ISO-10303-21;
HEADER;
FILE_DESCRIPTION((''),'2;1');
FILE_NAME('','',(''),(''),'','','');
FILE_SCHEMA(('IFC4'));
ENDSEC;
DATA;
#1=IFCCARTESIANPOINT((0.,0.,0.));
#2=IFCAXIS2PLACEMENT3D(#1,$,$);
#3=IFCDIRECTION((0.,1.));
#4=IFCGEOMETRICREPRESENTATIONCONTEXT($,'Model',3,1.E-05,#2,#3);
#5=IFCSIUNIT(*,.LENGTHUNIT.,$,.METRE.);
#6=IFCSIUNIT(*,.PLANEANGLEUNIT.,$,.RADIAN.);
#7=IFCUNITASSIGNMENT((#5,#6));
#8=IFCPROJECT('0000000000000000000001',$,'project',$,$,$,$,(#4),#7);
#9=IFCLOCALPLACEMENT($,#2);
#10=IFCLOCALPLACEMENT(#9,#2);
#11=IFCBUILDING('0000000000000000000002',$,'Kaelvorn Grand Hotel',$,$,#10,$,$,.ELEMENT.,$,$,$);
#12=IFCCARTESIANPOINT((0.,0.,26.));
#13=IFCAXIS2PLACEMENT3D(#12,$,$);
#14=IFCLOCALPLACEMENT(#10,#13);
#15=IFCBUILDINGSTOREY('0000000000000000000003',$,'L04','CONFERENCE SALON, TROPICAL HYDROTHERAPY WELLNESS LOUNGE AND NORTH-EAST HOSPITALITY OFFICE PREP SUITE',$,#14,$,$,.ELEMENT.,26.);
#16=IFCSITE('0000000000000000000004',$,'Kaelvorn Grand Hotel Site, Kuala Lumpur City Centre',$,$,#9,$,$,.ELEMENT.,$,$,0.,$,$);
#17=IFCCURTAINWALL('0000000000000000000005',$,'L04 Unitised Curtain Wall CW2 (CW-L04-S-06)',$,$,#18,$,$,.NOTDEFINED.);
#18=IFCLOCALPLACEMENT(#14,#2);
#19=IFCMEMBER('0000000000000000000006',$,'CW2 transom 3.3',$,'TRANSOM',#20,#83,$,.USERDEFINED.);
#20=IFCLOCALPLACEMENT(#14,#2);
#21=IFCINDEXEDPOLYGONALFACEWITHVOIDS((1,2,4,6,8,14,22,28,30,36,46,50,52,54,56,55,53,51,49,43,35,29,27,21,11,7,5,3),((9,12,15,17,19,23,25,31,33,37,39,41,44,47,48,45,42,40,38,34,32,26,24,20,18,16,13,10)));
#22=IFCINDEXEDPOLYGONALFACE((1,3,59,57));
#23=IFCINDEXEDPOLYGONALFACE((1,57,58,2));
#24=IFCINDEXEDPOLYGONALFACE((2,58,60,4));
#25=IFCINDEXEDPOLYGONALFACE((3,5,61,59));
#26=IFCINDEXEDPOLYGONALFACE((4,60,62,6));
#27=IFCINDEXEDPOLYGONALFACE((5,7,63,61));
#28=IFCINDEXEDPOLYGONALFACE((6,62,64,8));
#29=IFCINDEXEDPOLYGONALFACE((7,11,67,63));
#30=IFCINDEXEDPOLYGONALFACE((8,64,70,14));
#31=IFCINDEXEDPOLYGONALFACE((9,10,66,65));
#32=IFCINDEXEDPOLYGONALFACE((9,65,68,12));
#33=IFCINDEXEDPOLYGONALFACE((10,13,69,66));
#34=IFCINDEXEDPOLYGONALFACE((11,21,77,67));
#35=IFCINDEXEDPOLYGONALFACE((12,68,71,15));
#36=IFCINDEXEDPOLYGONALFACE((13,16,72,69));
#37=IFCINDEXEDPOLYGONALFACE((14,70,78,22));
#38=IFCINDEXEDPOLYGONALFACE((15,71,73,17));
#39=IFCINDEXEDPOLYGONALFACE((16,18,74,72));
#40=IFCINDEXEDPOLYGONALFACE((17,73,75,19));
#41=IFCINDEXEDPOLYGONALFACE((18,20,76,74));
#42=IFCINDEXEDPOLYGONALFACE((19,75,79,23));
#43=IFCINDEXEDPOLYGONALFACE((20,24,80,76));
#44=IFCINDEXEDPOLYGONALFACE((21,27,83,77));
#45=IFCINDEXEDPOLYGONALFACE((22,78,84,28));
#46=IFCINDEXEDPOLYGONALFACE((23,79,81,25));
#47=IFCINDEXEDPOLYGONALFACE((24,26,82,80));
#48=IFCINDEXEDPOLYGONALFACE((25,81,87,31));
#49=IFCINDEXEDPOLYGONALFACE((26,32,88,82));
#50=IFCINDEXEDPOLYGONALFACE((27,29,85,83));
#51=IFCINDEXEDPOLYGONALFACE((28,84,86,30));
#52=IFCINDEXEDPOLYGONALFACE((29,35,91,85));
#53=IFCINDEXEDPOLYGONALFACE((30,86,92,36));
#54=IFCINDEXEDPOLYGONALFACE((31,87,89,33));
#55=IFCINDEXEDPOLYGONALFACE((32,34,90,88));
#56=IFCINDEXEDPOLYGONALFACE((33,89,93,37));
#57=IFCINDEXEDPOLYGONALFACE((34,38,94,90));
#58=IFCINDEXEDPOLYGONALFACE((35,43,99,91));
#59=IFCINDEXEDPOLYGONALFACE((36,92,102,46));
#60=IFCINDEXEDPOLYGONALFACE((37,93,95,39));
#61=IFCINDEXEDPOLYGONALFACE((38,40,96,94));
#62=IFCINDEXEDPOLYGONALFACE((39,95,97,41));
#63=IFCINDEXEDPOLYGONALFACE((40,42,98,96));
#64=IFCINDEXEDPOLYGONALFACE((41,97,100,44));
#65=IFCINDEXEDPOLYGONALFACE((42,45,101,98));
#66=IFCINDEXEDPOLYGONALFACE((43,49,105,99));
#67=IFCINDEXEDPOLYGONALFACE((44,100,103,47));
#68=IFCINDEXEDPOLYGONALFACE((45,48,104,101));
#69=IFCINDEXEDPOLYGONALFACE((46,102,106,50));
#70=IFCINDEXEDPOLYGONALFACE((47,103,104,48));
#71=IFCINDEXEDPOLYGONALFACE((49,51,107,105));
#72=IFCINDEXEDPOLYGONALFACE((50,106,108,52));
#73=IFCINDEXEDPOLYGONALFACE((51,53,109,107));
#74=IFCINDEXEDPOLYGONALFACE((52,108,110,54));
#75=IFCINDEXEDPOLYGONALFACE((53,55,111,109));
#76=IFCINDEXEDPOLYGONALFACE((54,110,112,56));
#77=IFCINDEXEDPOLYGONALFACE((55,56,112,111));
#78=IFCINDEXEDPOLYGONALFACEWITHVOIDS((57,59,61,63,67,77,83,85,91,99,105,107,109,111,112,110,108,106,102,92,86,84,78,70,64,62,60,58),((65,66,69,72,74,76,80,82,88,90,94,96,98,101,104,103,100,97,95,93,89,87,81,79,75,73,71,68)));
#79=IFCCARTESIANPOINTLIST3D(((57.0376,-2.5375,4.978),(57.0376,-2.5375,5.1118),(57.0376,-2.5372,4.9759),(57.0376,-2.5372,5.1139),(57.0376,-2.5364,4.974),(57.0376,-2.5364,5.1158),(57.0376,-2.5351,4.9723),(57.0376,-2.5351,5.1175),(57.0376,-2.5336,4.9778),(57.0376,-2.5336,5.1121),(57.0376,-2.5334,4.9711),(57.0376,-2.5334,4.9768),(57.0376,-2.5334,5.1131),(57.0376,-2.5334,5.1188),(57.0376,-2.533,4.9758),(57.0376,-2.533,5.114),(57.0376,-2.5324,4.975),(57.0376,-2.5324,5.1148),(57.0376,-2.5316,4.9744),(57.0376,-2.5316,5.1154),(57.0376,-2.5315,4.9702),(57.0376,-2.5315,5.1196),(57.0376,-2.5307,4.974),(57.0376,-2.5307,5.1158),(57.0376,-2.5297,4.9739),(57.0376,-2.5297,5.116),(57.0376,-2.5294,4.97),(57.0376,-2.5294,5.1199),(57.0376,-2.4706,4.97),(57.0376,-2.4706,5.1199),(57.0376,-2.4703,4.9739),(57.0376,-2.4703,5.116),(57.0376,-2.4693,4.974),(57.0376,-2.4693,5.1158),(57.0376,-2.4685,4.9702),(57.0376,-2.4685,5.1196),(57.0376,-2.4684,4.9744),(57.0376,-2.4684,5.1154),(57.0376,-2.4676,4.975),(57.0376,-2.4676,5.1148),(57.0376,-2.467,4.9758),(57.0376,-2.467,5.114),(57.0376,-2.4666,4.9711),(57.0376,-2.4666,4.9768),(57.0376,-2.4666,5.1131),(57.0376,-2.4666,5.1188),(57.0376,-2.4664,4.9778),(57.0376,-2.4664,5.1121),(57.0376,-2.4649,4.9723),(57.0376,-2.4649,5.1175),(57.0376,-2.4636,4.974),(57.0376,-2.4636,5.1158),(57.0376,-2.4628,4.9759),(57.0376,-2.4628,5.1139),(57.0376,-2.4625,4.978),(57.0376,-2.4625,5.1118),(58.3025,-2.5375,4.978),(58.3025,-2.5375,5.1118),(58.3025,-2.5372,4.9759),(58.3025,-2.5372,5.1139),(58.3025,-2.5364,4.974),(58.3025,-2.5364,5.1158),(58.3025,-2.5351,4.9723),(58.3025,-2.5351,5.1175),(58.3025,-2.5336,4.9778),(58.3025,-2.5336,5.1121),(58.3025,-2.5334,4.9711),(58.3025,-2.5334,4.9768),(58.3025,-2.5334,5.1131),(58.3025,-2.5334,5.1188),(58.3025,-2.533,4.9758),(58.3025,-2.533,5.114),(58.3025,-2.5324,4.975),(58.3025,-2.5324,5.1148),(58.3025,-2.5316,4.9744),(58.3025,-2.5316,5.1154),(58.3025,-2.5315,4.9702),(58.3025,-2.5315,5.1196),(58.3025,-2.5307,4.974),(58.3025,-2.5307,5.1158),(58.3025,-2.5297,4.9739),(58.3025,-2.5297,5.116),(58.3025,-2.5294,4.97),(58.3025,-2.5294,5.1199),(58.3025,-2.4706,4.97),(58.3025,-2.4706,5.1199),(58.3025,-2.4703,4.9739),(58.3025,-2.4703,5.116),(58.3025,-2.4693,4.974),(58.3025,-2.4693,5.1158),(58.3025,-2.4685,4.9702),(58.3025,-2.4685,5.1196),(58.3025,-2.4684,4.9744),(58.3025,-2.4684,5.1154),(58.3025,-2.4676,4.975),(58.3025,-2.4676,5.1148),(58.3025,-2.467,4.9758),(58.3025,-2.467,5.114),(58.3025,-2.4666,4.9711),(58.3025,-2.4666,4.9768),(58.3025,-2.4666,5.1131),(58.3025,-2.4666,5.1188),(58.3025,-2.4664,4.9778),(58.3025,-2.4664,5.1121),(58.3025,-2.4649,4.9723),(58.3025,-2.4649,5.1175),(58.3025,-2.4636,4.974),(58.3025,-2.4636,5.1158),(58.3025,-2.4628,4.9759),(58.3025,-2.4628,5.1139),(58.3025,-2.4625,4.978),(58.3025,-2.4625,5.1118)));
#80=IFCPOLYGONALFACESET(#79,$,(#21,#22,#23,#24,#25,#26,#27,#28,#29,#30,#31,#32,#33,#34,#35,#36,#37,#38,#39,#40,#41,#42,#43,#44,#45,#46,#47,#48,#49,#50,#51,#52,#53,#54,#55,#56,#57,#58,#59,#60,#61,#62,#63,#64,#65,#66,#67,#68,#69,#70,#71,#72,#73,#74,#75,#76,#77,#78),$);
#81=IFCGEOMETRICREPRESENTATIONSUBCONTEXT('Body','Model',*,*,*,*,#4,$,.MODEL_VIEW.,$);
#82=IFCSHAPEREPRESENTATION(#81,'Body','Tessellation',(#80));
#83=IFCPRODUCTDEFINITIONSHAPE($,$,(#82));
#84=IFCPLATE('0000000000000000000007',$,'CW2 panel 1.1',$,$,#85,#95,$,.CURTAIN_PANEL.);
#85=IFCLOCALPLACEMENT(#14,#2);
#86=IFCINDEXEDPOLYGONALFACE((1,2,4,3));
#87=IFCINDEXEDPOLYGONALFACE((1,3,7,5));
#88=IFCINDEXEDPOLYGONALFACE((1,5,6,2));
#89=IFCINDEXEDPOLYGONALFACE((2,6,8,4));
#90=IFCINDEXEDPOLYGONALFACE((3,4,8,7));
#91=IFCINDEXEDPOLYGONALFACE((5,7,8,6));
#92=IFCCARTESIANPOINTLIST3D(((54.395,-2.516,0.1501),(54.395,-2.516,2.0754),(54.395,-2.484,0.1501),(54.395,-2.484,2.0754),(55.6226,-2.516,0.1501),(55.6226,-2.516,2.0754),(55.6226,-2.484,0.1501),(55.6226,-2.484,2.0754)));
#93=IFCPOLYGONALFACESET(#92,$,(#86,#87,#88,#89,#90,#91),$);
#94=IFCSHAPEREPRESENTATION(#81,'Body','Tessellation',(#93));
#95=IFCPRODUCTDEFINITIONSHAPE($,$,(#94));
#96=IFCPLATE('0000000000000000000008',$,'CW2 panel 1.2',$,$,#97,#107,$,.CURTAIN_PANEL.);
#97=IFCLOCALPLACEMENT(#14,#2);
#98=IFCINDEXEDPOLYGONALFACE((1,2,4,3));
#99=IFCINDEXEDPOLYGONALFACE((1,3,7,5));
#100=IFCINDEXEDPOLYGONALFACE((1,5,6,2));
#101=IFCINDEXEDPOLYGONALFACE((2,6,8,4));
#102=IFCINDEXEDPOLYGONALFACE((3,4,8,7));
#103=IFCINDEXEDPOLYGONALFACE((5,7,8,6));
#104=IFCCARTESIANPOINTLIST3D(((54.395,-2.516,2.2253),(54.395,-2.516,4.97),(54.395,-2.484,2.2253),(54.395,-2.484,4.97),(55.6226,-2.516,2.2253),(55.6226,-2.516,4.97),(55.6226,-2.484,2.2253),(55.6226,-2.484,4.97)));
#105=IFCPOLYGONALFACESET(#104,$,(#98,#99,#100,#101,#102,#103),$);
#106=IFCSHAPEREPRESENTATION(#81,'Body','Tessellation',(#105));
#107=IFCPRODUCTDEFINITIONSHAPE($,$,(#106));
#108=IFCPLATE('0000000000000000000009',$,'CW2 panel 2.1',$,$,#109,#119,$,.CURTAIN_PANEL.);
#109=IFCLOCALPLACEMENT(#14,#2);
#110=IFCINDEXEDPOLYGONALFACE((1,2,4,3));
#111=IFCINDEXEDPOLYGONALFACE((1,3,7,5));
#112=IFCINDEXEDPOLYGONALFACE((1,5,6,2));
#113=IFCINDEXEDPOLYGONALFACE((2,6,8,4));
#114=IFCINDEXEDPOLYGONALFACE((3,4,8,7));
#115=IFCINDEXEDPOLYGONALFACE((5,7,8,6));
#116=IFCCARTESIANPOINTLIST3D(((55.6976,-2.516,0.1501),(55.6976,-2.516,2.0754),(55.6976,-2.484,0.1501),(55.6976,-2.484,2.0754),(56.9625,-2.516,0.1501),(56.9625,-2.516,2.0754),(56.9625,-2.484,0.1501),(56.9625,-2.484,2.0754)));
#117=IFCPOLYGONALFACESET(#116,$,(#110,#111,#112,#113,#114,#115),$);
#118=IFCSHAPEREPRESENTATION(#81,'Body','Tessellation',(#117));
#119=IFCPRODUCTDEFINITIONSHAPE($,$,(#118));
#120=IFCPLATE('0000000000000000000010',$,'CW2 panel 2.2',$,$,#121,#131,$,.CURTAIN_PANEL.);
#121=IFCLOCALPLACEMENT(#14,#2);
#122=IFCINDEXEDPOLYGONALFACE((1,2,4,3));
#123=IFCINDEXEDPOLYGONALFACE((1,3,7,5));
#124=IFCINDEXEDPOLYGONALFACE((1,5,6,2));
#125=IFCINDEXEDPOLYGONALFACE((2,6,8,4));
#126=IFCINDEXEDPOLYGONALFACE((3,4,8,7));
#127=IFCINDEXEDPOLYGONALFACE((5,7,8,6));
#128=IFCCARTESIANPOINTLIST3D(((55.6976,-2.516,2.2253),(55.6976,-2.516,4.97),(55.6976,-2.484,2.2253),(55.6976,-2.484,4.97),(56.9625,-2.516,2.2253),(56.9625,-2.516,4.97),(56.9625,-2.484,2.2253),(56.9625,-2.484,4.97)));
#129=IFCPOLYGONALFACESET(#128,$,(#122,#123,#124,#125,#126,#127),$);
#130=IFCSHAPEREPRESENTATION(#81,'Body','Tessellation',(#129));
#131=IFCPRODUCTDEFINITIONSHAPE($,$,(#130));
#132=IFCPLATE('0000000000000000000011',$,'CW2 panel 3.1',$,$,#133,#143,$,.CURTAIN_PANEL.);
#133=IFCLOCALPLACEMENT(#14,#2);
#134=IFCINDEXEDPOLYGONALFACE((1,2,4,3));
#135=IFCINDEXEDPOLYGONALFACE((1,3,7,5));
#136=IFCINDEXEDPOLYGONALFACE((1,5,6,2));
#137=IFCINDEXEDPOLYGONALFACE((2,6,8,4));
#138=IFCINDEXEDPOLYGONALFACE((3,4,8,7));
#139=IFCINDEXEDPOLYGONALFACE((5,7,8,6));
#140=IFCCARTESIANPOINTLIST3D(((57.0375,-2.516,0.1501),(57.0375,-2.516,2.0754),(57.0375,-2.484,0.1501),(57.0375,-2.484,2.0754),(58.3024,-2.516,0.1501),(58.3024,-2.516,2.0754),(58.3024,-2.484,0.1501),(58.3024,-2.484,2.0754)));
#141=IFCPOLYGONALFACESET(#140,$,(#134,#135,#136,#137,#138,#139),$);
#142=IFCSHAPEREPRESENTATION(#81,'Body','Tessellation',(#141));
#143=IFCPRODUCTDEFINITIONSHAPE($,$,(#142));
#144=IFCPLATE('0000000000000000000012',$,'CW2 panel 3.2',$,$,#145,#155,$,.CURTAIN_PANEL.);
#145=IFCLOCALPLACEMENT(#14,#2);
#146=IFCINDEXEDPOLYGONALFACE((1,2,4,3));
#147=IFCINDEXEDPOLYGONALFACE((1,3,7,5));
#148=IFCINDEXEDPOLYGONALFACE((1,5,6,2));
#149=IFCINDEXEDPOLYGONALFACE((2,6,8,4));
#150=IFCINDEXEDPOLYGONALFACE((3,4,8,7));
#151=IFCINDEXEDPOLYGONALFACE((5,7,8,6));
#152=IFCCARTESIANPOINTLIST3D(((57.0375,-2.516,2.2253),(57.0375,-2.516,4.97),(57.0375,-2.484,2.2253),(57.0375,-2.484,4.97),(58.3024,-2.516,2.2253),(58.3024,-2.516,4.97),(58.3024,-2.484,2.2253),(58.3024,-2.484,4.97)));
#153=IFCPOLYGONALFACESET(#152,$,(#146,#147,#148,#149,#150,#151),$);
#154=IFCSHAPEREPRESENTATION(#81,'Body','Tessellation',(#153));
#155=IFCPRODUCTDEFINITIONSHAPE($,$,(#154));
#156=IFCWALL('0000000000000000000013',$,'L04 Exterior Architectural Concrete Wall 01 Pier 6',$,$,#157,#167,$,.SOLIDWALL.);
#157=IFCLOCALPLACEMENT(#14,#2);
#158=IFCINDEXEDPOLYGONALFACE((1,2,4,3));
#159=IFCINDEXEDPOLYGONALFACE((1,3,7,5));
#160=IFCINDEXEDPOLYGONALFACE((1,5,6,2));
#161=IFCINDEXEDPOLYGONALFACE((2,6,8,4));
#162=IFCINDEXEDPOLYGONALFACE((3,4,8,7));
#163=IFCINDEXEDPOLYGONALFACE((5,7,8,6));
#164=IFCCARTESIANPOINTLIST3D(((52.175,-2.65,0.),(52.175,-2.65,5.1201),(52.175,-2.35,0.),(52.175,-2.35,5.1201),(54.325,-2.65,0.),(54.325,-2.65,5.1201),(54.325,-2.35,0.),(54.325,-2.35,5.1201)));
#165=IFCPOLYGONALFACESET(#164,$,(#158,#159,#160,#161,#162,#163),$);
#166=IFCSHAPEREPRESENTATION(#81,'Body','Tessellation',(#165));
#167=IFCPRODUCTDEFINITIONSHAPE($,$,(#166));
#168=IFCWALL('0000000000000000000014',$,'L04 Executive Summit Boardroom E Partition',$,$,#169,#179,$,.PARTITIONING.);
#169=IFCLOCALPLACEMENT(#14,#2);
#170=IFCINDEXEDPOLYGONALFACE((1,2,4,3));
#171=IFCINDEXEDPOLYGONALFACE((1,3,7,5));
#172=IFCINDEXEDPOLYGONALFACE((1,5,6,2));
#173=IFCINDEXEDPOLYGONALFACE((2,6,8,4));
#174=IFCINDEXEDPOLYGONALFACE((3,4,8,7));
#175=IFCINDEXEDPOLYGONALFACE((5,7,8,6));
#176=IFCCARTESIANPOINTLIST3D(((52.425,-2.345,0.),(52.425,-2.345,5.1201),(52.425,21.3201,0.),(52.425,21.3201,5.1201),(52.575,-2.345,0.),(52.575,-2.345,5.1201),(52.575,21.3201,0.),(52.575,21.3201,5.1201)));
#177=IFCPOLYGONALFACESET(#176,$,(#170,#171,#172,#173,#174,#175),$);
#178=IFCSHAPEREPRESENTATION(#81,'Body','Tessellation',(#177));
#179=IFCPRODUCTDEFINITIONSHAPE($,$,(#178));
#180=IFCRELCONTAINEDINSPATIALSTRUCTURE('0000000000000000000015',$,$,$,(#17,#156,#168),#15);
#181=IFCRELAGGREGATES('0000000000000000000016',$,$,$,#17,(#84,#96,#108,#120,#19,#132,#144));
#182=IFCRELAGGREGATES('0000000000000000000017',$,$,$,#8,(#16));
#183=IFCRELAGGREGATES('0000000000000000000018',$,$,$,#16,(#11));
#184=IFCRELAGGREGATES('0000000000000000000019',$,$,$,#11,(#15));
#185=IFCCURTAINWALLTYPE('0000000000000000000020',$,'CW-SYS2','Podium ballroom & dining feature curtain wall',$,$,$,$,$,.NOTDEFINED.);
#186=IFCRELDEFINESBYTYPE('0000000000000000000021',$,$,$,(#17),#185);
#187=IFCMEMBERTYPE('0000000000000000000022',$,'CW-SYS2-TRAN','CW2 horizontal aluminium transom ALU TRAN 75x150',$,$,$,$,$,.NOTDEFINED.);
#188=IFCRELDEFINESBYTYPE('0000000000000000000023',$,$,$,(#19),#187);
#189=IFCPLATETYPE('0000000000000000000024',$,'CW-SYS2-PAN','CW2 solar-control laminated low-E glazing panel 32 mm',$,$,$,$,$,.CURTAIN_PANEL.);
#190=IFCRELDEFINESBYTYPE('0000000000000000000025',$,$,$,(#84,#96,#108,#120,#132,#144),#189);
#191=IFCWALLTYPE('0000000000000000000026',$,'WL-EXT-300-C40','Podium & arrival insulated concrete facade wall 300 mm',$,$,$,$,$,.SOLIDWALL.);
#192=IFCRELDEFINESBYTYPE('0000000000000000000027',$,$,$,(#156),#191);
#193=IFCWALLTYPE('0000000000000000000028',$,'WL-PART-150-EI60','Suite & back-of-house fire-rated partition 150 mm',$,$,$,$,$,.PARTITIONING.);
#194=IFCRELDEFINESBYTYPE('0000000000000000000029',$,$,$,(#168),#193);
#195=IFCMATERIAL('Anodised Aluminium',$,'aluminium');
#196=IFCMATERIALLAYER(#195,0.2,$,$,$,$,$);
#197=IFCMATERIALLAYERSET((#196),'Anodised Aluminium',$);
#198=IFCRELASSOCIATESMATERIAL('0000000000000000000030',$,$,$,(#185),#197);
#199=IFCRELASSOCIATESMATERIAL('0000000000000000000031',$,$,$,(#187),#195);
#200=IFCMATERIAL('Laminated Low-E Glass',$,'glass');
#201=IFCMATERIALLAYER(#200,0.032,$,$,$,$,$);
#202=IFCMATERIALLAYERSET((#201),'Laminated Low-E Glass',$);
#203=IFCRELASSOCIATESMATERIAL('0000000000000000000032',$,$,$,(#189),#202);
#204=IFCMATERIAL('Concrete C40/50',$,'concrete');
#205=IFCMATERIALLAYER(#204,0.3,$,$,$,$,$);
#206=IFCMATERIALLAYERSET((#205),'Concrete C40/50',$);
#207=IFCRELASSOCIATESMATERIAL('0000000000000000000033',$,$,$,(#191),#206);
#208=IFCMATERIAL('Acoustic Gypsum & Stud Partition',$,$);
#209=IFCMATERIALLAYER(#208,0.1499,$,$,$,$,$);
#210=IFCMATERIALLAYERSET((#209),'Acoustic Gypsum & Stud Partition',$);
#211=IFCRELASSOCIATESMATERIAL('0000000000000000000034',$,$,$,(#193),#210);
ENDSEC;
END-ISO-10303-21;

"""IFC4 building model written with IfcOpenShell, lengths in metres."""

from ifc_helpers import new_model, si_unit, direction, frame, frame_2d, origin, origin_2d, place, context, subcontext, project, spatial, rectangle, hollow_rectangle, extrude, material, layer, layer_set, material_profile, profile_set, type_object, element, aggregate, save


model = new_model("IFC4")

# Units and contexts
model_context = context("Model", 3, precision=1e-05, world=origin(), true_north=direction((0.0, 1.0)))
body_context = subcontext(model_context, "Body", "Model", "MODEL_VIEW")
ifc_project = project(units=[si_unit("LENGTHUNIT", "METRE"), si_unit("PLANEANGLEUNIT", "RADIAN")], contexts=[model_context])

# Site, building, storey
site_placement = place(None, origin())
site = spatial("IfcSite", under=ifc_project, at=site_placement, Name="Kaelvorn Grand Hotel Site, Kuala Lumpur City Centre", CompositionType="ELEMENT", RefElevation=0.0)
building_placement = place(site_placement, origin())
building = spatial("IfcBuilding", under=site, at=building_placement, Name="Kaelvorn Grand Hotel", CompositionType="ELEMENT")
storey_placement = place(building_placement, frame((0.0, 0.0, 26.0)))
storey = spatial("IfcBuildingStorey", under=building, at=storey_placement, Name="L04", Description="CONFERENCE SALON, TROPICAL HYDROTHERAPY WELLNESS LOUNGE AND NORTH-EAST HOSPITALITY OFFICE PREP SUITE", CompositionType="ELEMENT", Elevation=26.0)

# Curtain wall, member, plates
ifc_material_1 = material(Name="Anodised Aluminium", Category="aluminium")
ifc_layer_1 = layer(ifc_material_1, 0.2)
ifc_layer_set_1 = layer_set([ifc_layer_1], Name="Anodised Aluminium")
curtain_wall_type = type_object("IfcCurtainWallType", Name="CW-SYS2", Description="Podium ballroom & dining feature curtain wall", PredefinedType="NOTDEFINED", material=ifc_layer_set_1)
curtain_wall_placement = place(storey_placement, origin())
curtain_wall = element("IfcCurtainWall", 1, at=curtain_wall_placement, inside=storey, type_object=curtain_wall_type, Name="L04 Unitised Curtain Wall CW2 (CW-L04-S-06)", PredefinedType="NOTDEFINED")
ifc_material_profile_1 = material_profile(ifc_material_1, hollow_rectangle(XDim=0.075, YDim=0.1499, WallThickness=0.0039, InnerFilletRadius=0.0039, OuterFilletRadius=0.0081, at=origin_2d()), Name="ALU TRAN 75x150")
ifc_profile_set_1 = profile_set([ifc_material_profile_1], Name="Anodised Aluminium")
member_type_1 = type_object("IfcMemberType", Name="CW-SYS2-TRAN", Description="CW2 horizontal aluminium transom ALU TRAN 75x150", PredefinedType="NOTDEFINED", material=ifc_profile_set_1)
member_1_placement = place(storey_placement, frame((57.0376, -2.5, 5.0449), z_axis=(1.0, 0.0, 0.0), x_axis=(0.0, 1.0, 0.0)))
member_1 = element("IfcMember", 2, at=member_1_placement, type_object=member_type_1, Name="CW2 transom 3.3", ObjectType="TRANSOM", PredefinedType="USERDEFINED", context=body_context, shape_type="SweptSolid", body=[
    extrude(hollow_rectangle(XDim=0.075, YDim=0.1499, WallThickness=0.0039, InnerFilletRadius=0.0039, OuterFilletRadius=0.0081, at=origin_2d()), origin(), (0.0, 0.0, 1.0), 1.2649),
])
ifc_material_2 = material(Name="Laminated Low-E Glass", Category="glass")
ifc_layer_2 = layer(ifc_material_2, 0.032)
ifc_layer_set_2 = layer_set([ifc_layer_2], Name="Laminated Low-E Glass")
plate_type = type_object("IfcPlateType", Name="CW-SYS2-PAN", Description="CW2 solar-control laminated low-E glazing panel 32 mm", PredefinedType="CURTAIN_PANEL", material=ifc_layer_set_2)
plate_1_placement = place(storey_placement, frame((55.0088, -2.5, 0.1501), z_axis=(0.0, 0.0, 1.0), x_axis=(1.0, 0.0, 0.0)))
plate_1 = element("IfcPlate", 3, at=plate_1_placement, type_object=plate_type, Name="CW2 panel 1.1", PredefinedType="CURTAIN_PANEL", context=body_context, shape_type="SweptSolid", body=[
    extrude(rectangle(XDim=1.2275, YDim=0.032, at=origin_2d()), origin(), (0.0, 0.0, 1.0), 1.9253),
])
plate_2_placement = place(storey_placement, frame((55.0088, -2.5, 2.2253), z_axis=(0.0, 0.0, 1.0), x_axis=(1.0, 0.0, 0.0)))
plate_2 = element("IfcPlate", 4, at=plate_2_placement, type_object=plate_type, Name="CW2 panel 1.2", PredefinedType="CURTAIN_PANEL", context=body_context, shape_type="SweptSolid", body=[
    extrude(rectangle(XDim=1.2275, YDim=0.032, at=origin_2d()), origin(), (0.0, 0.0, 1.0), 2.7446),
])
plate_3_placement = place(storey_placement, frame((56.3301, -2.5, 0.1501), z_axis=(0.0, 0.0, 1.0), x_axis=(1.0, 0.0, 0.0)))
plate_3 = element("IfcPlate", 5, at=plate_3_placement, type_object=plate_type, Name="CW2 panel 2.1", PredefinedType="CURTAIN_PANEL", context=body_context, shape_type="SweptSolid", body=[
    extrude(rectangle(XDim=1.2649, YDim=0.032, at=origin_2d()), origin(), (0.0, 0.0, 1.0), 1.9253),
])
plate_4_placement = place(storey_placement, frame((56.3301, -2.5, 2.2253), z_axis=(0.0, 0.0, 1.0), x_axis=(1.0, 0.0, 0.0)))
plate_4 = element("IfcPlate", 6, at=plate_4_placement, type_object=plate_type, Name="CW2 panel 2.2", PredefinedType="CURTAIN_PANEL", context=body_context, shape_type="SweptSolid", body=[
    extrude(rectangle(XDim=1.2649, YDim=0.032, at=origin_2d()), origin(), (0.0, 0.0, 1.0), 2.7446),
])
plate_5_placement = place(storey_placement, frame((57.6699, -2.5, 0.1501), z_axis=(0.0, 0.0, 1.0), x_axis=(1.0, 0.0, 0.0)))
plate_5 = element("IfcPlate", 7, at=plate_5_placement, type_object=plate_type, Name="CW2 panel 3.1", PredefinedType="CURTAIN_PANEL", context=body_context, shape_type="SweptSolid", body=[
    extrude(rectangle(XDim=1.2649, YDim=0.032, at=origin_2d()), origin(), (0.0, 0.0, 1.0), 1.9253),
])
plate_6_placement = place(storey_placement, frame((57.6699, -2.5, 2.2253), z_axis=(0.0, 0.0, 1.0), x_axis=(1.0, 0.0, 0.0)))
plate_6 = element("IfcPlate", 8, at=plate_6_placement, type_object=plate_type, Name="CW2 panel 3.2", PredefinedType="CURTAIN_PANEL", context=body_context, shape_type="SweptSolid", body=[
    extrude(rectangle(XDim=1.2649, YDim=0.032, at=origin_2d()), origin(), (0.0, 0.0, 1.0), 2.7446),
])
aggregate(curtain_wall, [plate_1, plate_2, plate_3, plate_4, member_1, plate_5, plate_6])

# Walls
ifc_material_3 = material(Name="Concrete C40/50", Category="concrete")
ifc_layer_3 = layer(ifc_material_3, 0.3)
ifc_layer_set_3 = layer_set([ifc_layer_3], Name="Concrete C40/50")
wall_type_1 = type_object("IfcWallType", Name="WL-EXT-300-C40", Description="Podium & arrival insulated concrete facade wall 300 mm", PredefinedType="SOLIDWALL", material=ifc_layer_set_3)
wall_1_placement = place(storey_placement, frame((52.175, -2.5, 0.0), z_axis=(0.0, 0.0, 1.0), x_axis=(1.0, 0.0, 0.0)))
element("IfcWall", 9, at=wall_1_placement, inside=storey, type_object=wall_type_1, Name="L04 Exterior Architectural Concrete Wall 01 Pier 6", PredefinedType="SOLIDWALL", context=body_context, shape_type="SweptSolid", body=[
    extrude(rectangle(XDim=2.1499, YDim=0.3, at=frame_2d((1.075, 0.0))), origin(), (0.0, 0.0, 1.0), 5.1201),
])
ifc_material_4 = material(Name="Acoustic Gypsum & Stud Partition")
ifc_layer_4 = layer(ifc_material_4, 0.1499)
ifc_layer_set_4 = layer_set([ifc_layer_4], Name="Acoustic Gypsum & Stud Partition")
wall_type_2 = type_object("IfcWallType", Name="WL-PART-150-EI60", Description="Suite & back-of-house fire-rated partition 150 mm", PredefinedType="PARTITIONING", material=ifc_layer_set_4)
wall_2_placement = place(storey_placement, frame((52.5, -2.345, 0.0), z_axis=(0.0, 0.0, 1.0), x_axis=(0.0, 1.0, 0.0)))
element("IfcWall", 10, at=wall_2_placement, inside=storey, type_object=wall_type_2, Name="L04 Executive Summit Boardroom E Partition", PredefinedType="PARTITIONING", context=body_context, shape_type="SweptSolid", body=[
    extrude(rectangle(XDim=23.665, YDim=0.1499, at=frame_2d((11.8325, 0.0))), origin(), (0.0, 0.0, 1.0), 5.1201),
])

save(model, "model.ifc")
